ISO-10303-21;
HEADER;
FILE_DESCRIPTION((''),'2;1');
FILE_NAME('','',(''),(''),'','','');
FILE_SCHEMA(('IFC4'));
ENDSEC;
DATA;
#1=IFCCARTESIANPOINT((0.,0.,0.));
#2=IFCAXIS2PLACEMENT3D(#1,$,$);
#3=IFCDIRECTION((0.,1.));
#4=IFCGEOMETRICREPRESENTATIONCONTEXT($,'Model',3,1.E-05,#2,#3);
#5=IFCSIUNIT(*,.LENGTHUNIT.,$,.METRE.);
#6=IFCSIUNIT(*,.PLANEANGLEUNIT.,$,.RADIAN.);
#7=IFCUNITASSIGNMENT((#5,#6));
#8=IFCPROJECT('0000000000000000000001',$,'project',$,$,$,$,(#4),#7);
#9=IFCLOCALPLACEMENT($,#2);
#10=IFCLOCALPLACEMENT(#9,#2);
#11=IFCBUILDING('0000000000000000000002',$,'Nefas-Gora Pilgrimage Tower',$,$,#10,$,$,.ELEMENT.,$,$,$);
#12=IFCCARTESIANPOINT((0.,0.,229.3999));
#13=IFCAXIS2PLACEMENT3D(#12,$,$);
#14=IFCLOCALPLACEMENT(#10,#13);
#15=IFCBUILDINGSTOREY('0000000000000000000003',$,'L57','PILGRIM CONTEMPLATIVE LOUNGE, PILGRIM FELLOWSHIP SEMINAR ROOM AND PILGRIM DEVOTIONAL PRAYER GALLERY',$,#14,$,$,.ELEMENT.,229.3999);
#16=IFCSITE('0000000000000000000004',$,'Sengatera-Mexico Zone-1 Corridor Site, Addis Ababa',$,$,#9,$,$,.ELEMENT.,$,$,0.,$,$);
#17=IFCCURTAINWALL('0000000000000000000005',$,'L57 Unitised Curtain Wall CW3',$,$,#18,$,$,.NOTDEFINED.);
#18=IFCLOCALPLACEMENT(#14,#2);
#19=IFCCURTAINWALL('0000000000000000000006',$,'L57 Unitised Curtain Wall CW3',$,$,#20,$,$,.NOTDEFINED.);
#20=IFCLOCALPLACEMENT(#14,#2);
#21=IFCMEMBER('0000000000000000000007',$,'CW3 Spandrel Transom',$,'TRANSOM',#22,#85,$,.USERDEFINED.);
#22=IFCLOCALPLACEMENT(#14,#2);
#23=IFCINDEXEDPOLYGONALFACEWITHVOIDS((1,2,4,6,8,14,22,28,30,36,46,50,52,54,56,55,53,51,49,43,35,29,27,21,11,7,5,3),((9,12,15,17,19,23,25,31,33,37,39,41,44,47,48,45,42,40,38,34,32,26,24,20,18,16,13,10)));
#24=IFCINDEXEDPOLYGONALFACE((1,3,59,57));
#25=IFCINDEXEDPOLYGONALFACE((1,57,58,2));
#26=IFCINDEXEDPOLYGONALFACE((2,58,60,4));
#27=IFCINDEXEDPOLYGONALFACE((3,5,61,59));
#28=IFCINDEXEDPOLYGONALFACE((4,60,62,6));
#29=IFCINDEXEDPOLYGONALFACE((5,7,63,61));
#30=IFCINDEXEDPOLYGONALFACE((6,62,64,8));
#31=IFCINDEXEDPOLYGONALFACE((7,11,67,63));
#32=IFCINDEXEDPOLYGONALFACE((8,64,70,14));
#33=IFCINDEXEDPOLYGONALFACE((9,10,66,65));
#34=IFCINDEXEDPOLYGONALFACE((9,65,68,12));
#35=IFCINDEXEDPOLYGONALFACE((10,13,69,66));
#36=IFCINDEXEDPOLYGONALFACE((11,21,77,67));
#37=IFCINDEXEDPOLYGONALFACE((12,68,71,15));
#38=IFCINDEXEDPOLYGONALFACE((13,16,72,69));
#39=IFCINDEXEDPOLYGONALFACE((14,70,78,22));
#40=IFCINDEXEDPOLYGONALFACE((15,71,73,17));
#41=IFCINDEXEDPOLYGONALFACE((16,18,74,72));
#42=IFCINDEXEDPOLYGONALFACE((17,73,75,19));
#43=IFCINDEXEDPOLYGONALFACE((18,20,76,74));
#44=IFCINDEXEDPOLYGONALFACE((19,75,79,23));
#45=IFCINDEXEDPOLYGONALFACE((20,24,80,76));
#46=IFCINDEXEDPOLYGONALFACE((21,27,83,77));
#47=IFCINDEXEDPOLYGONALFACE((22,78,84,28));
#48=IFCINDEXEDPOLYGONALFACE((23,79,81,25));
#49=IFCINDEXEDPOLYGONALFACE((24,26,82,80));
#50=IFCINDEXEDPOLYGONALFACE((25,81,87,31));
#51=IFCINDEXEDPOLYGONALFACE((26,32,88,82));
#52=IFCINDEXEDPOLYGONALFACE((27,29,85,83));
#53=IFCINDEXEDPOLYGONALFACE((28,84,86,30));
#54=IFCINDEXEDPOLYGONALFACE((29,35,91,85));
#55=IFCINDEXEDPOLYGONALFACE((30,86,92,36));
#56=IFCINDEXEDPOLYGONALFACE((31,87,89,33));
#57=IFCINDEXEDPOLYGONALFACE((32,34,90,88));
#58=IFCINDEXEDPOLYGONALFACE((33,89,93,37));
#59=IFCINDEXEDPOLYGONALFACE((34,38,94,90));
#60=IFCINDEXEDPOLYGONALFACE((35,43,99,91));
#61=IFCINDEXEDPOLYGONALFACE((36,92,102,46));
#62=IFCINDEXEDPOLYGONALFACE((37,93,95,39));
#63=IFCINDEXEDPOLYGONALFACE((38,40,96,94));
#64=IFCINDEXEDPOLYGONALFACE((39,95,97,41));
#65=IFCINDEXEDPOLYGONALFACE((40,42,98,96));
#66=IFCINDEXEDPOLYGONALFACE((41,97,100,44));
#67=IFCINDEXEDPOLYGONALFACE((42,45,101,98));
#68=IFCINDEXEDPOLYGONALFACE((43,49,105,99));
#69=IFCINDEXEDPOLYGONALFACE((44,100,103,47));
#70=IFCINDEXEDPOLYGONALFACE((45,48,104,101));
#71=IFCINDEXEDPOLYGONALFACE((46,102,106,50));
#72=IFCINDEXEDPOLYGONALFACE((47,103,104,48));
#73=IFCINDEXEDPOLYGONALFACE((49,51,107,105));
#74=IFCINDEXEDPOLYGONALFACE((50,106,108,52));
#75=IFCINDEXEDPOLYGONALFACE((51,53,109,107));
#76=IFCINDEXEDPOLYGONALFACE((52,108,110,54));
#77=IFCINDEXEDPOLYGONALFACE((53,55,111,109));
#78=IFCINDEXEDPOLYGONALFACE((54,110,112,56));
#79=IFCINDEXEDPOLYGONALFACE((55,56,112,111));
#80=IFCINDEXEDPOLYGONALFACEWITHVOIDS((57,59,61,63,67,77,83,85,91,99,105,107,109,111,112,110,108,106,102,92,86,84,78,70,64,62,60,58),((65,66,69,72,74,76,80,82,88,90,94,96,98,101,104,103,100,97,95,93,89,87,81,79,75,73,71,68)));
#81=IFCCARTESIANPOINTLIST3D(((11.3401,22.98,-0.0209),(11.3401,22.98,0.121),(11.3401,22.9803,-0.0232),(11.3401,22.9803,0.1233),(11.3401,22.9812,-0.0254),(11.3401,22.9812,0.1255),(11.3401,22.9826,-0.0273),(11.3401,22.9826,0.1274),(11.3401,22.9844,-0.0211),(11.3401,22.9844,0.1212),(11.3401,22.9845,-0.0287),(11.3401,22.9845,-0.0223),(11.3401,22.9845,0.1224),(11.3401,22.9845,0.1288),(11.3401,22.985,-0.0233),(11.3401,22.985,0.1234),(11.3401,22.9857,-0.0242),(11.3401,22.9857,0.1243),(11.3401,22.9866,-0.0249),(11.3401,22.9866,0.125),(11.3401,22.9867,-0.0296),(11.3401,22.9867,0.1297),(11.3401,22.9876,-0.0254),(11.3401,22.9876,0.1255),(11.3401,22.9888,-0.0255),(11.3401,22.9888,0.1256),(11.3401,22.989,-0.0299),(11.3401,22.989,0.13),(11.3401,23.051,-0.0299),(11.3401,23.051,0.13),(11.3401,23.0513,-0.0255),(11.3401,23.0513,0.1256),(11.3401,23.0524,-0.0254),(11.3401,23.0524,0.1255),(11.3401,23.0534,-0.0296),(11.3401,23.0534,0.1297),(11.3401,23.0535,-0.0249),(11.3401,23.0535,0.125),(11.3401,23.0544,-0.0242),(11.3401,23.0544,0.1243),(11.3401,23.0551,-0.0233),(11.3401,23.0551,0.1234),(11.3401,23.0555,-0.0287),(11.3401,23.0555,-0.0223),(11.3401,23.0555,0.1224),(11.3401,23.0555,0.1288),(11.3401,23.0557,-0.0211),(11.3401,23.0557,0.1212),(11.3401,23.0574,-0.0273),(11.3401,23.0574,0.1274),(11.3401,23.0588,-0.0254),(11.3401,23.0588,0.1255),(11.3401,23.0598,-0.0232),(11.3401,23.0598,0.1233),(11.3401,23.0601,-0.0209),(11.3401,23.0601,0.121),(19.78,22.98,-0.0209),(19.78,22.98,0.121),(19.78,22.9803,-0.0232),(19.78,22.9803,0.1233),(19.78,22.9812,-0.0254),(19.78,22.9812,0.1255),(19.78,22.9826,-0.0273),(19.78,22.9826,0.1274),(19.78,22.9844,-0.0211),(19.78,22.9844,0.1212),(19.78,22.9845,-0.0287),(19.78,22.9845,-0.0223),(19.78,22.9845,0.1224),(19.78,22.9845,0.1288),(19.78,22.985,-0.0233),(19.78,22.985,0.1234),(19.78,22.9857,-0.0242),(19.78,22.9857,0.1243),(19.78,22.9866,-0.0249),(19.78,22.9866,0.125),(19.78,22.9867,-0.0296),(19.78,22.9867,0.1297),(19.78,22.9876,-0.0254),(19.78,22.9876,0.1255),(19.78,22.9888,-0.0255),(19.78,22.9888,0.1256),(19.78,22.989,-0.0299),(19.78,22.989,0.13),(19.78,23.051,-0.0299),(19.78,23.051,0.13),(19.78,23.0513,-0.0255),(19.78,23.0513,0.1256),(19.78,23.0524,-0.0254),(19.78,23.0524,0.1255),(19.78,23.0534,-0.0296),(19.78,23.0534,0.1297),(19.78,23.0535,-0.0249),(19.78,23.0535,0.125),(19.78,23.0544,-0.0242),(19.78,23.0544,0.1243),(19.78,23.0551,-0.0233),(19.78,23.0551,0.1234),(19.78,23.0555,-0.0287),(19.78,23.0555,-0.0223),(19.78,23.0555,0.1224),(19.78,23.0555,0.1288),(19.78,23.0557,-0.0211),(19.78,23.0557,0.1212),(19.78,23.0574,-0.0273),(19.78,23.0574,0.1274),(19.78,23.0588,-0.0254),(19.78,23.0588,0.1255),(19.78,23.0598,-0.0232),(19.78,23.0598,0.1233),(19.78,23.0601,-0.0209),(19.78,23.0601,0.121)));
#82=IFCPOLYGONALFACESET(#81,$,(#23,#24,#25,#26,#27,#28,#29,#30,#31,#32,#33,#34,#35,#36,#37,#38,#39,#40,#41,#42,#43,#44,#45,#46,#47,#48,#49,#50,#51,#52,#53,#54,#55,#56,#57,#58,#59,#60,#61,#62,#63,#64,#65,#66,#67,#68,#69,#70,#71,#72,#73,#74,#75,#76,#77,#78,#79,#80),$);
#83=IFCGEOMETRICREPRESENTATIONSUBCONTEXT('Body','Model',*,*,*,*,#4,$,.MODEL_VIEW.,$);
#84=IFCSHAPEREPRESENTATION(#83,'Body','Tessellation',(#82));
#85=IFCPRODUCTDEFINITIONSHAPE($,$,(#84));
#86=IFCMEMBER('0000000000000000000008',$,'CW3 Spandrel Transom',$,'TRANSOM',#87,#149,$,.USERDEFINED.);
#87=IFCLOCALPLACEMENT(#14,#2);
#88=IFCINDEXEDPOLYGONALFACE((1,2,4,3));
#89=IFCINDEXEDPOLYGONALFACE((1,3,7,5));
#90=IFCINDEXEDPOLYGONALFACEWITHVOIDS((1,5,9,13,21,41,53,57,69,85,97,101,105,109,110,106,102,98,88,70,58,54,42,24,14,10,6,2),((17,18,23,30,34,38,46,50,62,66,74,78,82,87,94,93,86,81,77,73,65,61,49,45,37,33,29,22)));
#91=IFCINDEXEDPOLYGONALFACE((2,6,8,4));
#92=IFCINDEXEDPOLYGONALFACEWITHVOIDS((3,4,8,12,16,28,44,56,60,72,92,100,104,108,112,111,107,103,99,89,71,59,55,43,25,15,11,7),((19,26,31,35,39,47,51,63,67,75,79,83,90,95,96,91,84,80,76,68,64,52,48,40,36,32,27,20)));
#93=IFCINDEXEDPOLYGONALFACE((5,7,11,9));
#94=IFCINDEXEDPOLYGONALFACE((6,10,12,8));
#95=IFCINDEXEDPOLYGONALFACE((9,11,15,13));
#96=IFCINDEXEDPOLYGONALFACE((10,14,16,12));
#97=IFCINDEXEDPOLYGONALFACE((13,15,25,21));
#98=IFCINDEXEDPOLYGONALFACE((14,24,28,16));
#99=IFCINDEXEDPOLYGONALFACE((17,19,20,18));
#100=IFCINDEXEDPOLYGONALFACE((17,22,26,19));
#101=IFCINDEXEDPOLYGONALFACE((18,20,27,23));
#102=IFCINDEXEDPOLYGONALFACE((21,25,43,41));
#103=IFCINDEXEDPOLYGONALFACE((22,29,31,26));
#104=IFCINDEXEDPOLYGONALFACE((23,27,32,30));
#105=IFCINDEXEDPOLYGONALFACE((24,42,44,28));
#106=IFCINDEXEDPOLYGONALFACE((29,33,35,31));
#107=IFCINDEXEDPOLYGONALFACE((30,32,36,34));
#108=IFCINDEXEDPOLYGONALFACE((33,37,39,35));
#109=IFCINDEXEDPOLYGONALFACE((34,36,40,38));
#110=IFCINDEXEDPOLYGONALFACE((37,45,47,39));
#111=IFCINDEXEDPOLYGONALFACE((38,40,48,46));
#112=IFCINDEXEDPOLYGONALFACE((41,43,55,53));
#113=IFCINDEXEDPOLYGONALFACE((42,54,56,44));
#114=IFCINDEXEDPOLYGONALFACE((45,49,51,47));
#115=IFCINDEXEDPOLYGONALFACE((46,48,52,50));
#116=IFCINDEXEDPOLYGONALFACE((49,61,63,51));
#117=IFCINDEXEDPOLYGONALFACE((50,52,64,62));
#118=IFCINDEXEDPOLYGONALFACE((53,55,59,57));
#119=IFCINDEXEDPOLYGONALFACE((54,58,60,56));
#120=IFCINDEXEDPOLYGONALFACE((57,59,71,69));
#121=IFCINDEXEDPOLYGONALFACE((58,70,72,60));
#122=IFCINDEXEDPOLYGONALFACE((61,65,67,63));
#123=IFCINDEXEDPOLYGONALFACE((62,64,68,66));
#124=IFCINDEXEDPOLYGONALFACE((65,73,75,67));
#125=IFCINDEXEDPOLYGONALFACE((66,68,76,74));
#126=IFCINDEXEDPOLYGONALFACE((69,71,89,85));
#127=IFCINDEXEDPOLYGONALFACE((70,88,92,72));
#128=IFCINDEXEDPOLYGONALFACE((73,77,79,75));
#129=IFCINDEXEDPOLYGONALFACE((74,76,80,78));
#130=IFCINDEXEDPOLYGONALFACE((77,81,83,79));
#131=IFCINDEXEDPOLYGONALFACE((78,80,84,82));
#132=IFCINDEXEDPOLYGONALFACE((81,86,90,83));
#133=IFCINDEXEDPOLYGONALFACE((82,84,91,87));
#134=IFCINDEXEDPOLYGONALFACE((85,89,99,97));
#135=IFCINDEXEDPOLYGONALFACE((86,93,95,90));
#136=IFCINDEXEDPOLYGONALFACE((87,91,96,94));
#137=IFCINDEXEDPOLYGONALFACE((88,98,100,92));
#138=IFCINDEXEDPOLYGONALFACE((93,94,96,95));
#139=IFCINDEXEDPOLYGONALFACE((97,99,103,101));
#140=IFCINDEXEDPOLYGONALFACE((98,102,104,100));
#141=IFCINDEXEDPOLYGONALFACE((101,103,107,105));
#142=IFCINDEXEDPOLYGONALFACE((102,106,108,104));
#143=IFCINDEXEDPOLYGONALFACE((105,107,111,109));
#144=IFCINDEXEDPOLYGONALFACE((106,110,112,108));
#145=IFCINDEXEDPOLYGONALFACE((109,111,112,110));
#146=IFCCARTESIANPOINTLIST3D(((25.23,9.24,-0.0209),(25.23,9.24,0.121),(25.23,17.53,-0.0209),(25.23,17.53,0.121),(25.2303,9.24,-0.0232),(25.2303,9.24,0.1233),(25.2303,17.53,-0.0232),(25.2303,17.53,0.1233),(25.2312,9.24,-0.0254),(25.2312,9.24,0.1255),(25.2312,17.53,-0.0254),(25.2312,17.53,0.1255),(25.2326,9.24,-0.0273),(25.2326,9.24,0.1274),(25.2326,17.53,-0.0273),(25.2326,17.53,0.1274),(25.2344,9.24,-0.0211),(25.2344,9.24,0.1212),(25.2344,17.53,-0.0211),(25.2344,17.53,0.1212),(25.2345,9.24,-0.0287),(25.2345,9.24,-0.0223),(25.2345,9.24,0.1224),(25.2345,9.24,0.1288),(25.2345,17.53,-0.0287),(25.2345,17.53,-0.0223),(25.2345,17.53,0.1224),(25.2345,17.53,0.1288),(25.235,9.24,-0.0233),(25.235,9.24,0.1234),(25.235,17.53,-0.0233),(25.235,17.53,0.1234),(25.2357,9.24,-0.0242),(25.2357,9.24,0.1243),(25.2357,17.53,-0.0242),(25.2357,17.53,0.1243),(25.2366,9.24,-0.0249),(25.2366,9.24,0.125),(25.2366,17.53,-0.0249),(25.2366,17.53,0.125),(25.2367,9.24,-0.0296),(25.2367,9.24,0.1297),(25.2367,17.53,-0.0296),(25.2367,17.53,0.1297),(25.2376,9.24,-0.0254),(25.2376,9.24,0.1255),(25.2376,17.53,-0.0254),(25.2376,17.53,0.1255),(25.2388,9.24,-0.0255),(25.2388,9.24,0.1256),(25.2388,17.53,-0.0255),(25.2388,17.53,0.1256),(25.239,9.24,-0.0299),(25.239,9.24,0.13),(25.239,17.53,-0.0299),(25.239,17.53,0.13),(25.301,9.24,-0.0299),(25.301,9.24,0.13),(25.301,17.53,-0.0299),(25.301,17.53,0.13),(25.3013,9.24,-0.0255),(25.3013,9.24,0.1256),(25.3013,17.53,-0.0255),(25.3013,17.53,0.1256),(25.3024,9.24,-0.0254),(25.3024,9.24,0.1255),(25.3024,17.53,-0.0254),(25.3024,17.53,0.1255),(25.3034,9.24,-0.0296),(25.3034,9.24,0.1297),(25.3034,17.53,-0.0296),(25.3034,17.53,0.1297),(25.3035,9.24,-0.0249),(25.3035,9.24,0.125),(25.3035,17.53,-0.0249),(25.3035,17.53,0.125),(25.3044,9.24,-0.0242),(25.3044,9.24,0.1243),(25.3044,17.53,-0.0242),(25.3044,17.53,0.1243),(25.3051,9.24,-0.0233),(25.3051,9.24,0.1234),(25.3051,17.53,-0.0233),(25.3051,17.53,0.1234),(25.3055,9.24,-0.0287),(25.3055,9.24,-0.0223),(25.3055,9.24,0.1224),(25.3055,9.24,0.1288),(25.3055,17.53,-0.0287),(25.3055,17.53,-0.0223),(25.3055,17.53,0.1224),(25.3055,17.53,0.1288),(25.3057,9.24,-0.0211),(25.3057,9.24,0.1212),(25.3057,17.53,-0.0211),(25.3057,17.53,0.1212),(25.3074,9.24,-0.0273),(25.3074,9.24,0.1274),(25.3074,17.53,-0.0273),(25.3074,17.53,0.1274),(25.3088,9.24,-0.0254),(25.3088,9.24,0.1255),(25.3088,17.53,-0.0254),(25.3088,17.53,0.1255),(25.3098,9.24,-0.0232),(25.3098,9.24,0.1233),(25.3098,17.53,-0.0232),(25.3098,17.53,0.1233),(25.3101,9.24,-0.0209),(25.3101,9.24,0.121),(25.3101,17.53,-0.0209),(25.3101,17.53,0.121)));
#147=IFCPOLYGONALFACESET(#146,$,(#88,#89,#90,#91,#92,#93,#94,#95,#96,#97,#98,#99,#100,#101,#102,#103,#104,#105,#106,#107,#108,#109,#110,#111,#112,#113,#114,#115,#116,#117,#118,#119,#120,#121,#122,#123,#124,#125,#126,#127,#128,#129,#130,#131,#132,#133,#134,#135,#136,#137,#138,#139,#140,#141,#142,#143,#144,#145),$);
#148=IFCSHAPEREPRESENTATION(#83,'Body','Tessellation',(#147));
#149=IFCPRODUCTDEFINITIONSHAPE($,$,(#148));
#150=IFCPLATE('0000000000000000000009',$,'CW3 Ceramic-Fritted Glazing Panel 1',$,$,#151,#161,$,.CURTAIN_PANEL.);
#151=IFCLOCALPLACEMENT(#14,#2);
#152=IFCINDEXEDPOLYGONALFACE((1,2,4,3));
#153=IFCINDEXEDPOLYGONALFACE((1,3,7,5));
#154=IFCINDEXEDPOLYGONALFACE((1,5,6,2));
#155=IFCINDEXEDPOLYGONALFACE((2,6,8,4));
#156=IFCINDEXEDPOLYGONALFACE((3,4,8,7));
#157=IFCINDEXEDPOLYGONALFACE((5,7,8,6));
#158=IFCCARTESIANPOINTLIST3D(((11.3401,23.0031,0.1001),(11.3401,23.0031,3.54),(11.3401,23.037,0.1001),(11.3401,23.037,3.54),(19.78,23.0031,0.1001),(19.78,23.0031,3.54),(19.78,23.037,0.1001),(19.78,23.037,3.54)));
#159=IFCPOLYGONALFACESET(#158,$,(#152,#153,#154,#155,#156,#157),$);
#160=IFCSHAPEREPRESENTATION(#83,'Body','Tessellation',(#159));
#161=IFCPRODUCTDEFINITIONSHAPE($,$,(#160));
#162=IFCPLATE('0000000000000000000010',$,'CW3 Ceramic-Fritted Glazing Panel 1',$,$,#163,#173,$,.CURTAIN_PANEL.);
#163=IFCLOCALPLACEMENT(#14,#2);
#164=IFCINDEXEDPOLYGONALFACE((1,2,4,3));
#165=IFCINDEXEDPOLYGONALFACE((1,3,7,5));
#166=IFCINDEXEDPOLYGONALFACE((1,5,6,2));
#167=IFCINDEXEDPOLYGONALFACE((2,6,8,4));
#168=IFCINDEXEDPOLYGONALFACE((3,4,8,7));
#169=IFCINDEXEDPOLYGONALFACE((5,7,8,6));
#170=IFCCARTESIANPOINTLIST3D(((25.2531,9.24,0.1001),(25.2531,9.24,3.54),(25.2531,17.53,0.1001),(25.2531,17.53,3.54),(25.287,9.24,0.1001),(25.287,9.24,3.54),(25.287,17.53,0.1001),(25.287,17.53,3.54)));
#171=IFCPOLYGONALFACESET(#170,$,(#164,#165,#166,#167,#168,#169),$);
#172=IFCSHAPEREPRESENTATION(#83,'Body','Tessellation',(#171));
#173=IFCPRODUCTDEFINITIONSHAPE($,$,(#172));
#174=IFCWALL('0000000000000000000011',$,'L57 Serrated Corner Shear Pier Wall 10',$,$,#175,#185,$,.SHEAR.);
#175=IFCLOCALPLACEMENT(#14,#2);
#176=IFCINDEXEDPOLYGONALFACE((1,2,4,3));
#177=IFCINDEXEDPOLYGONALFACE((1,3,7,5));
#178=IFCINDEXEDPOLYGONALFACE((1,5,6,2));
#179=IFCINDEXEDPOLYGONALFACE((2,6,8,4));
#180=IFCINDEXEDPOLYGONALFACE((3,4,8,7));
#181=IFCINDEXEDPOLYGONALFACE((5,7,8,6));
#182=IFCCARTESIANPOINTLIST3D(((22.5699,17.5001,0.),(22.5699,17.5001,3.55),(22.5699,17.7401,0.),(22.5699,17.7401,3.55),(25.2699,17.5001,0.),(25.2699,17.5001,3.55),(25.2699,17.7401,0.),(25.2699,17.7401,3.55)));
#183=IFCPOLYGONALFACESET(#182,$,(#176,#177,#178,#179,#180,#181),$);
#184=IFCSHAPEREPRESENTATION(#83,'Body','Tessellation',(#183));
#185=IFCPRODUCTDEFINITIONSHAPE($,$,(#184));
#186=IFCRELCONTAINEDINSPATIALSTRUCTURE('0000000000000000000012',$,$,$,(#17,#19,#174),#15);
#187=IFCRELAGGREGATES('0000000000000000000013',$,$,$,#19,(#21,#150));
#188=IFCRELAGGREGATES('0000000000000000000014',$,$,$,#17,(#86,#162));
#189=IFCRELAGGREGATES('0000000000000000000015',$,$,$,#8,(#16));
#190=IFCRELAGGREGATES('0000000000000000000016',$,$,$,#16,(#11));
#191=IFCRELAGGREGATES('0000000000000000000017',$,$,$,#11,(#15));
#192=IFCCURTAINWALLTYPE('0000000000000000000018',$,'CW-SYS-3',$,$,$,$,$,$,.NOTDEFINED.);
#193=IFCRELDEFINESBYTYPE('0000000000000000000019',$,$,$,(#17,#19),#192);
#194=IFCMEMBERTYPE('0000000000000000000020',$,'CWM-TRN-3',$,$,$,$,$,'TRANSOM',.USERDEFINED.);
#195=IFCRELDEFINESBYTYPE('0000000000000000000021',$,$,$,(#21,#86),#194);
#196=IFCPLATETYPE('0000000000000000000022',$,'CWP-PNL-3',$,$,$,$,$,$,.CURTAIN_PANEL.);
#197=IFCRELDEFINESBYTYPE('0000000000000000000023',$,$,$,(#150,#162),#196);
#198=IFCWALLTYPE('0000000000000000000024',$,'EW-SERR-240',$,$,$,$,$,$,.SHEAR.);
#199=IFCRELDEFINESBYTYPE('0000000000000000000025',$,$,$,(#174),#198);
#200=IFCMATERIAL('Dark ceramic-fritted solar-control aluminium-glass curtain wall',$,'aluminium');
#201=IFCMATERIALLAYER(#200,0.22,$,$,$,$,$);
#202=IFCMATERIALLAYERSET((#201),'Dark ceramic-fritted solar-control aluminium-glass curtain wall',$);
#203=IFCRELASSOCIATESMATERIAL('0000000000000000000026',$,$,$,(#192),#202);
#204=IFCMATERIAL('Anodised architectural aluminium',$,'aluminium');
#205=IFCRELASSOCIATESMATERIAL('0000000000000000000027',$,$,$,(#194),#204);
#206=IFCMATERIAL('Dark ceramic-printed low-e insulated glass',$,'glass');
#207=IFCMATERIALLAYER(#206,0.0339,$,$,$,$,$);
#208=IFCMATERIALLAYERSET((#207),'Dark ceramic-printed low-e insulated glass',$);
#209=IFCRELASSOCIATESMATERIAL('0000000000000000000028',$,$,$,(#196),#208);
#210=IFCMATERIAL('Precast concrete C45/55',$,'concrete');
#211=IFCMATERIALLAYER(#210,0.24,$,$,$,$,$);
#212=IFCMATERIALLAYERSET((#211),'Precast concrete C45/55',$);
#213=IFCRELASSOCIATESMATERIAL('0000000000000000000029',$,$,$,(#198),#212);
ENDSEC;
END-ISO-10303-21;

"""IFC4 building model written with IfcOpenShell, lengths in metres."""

from ifc_helpers import new_model, si_unit, direction, frame, frame_2d, origin, origin_2d, place, context, subcontext, project, spatial, rectangle, hollow_rectangle, extrude, source, transform, mapped, material, layer, layer_set, material_profile, profile_set, type_object, element, aggregate, save


model = new_model("IFC4")

# Units and contexts
model_context = context("Model", 3, precision=1e-05, world=origin(), true_north=direction((0.0, 1.0)))
body_context = subcontext(model_context, "Body", "Model", "MODEL_VIEW")
ifc_project = project(units=[si_unit("LENGTHUNIT", "METRE"), si_unit("PLANEANGLEUNIT", "RADIAN")], contexts=[model_context])

# Site, building, storey
site_placement = place(None, origin())
site = spatial("IfcSite", under=ifc_project, at=site_placement, Name="Sengatera-Mexico Zone-1 Corridor Site, Addis Ababa", CompositionType="ELEMENT", RefElevation=0.0)
building_placement = place(site_placement, origin())
building = spatial("IfcBuilding", under=site, at=building_placement, Name="Nefas-Gora Pilgrimage Tower", CompositionType="ELEMENT")
storey_placement = place(building_placement, frame((0.0, 0.0, 229.3999)))
storey = spatial("IfcBuildingStorey", under=building, at=storey_placement, Name="L57", Description="PILGRIM CONTEMPLATIVE LOUNGE, PILGRIM FELLOWSHIP SEMINAR ROOM AND PILGRIM DEVOTIONAL PRAYER GALLERY", CompositionType="ELEMENT", Elevation=229.3999)

# Curtain walls, member
ifc_material_1 = material(Name="Dark ceramic-fritted solar-control aluminium-glass curtain wall", Category="aluminium")
ifc_layer_1 = layer(ifc_material_1, 0.22)
ifc_layer_set_1 = layer_set([ifc_layer_1], Name="Dark ceramic-fritted solar-control aluminium-glass curtain wall")
curtain_wall_type = type_object("IfcCurtainWallType", Name="CW-SYS-3", PredefinedType="NOTDEFINED", material=ifc_layer_set_1)
curtain_wall_1_placement = place(storey_placement, origin())
curtain_wall_1 = element("IfcCurtainWall", 1, at=curtain_wall_1_placement, inside=storey, type_object=curtain_wall_type, Name="L57 Unitised Curtain Wall CW3", PredefinedType="NOTDEFINED")
ifc_material_2 = material(Name="Anodised architectural aluminium", Category="aluminium")
curtain_wall_2_placement = place(storey_placement, origin())
curtain_wall_2 = element("IfcCurtainWall", 2, at=curtain_wall_2_placement, inside=storey, type_object=curtain_wall_type, Name="L57 Unitised Curtain Wall CW3", PredefinedType="NOTDEFINED")
ifc_material_profile_1 = material_profile(ifc_material_2, hollow_rectangle(XDim=0.0801, YDim=0.1599, WallThickness=0.0044, InnerFilletRadius=0.0044, OuterFilletRadius=0.009, at=origin_2d()), Name="ALU TRANSOM 80x160")
ifc_profile_set_1 = profile_set([ifc_material_profile_1], Name="Anodised architectural aluminium")
member_type_1 = type_object("IfcMemberType", Name="CWM-TRN-3", ElementType="TRANSOM", PredefinedType="USERDEFINED", material=ifc_profile_set_1)
shared_shape_1 = source(origin(), body_context, "Body", "SweptSolid", [
    extrude(hollow_rectangle(XDim=0.0801, YDim=0.1599, WallThickness=0.0044, InnerFilletRadius=0.0044, OuterFilletRadius=0.009, at=origin_2d()), origin(), (0.0, 0.0, 1.0), 8.4399),
])
member_1_placement = place(storey_placement, frame((19.78, 23.02, 0.05), z_axis=(-1.0, 0.0, 0.0), x_axis=(0.0, -1.0, 0.0)))
member_1 = element("IfcMember", 3, at=member_1_placement, type_object=member_type_1, Name="CW3 Spandrel Transom", ObjectType="TRANSOM", PredefinedType="USERDEFINED", context=body_context, shape_type="MappedRepresentation", body=[
    mapped(shared_shape_1, transform((0.0, 0.0, 0.0), x_axis=(1.0, 0.0, 0.0), y_axis=(0.0, 1.0, 0.0), z_axis=(0.0, 0.0, 1.0), scale=1.0)),
])

# Member
shared_shape_2 = source(origin(), body_context, "Body", "SweptSolid", [
    extrude(hollow_rectangle(XDim=0.0801, YDim=0.1599, WallThickness=0.0044, InnerFilletRadius=0.0044, OuterFilletRadius=0.009, at=origin_2d()), origin(), (0.0, 0.0, 1.0), 8.29),
])
member_2_placement = place(storey_placement, frame((25.27, 9.24, 0.05), z_axis=(0.0, 1.0, 0.0), x_axis=(-1.0, 0.0, 0.0)))
member_2 = element("IfcMember", 4, at=member_2_placement, type_object=member_type_1, Name="CW3 Spandrel Transom", ObjectType="TRANSOM", PredefinedType="USERDEFINED", context=body_context, shape_type="MappedRepresentation", body=[
    mapped(shared_shape_2, transform((0.0, 0.0, 0.0), x_axis=(1.0, 0.0, 0.0), y_axis=(0.0, 1.0, 0.0), z_axis=(0.0, 0.0, 1.0), scale=1.0)),
])

# Plates
ifc_material_3 = material(Name="Dark ceramic-printed low-e insulated glass", Category="glass")
ifc_layer_2 = layer(ifc_material_3, 0.0339)
ifc_layer_set_2 = layer_set([ifc_layer_2], Name="Dark ceramic-printed low-e insulated glass")
plate_type = type_object("IfcPlateType", Name="CWP-PNL-3", PredefinedType="CURTAIN_PANEL", material=ifc_layer_set_2)
shared_shape_3 = source(origin(), body_context, "Body", "SweptSolid", [
    extrude(rectangle(XDim=8.4399, YDim=0.0339, at=origin_2d()), origin(), (0.0, 0.0, 1.0), 3.4399),
])
plate_1_placement = place(storey_placement, frame((15.5601, 23.02, 0.1001), z_axis=(0.0, 0.0, 1.0), x_axis=(-1.0, 0.0, 0.0)))
plate_1 = element("IfcPlate", 5, at=plate_1_placement, type_object=plate_type, Name="CW3 Ceramic-Fritted Glazing Panel 1", PredefinedType="CURTAIN_PANEL", context=body_context, shape_type="MappedRepresentation", body=[
    mapped(shared_shape_3, transform((0.0, 0.0, 0.0), x_axis=(1.0, 0.0, 0.0), y_axis=(0.0, 1.0, 0.0), z_axis=(0.0, 0.0, 1.0), scale=1.0)),
])
aggregate(curtain_wall_2, [member_1, plate_1])
shared_shape_4 = source(origin(), body_context, "Body", "SweptSolid", [
    extrude(rectangle(XDim=8.29, YDim=0.0339, at=origin_2d()), origin(), (0.0, 0.0, 1.0), 3.4399),
])
plate_2_placement = place(storey_placement, frame((25.27, 13.385, 0.1001), z_axis=(0.0, 0.0, 1.0), x_axis=(0.0, 1.0, 0.0)))
plate_2 = element("IfcPlate", 6, at=plate_2_placement, type_object=plate_type, Name="CW3 Ceramic-Fritted Glazing Panel 1", PredefinedType="CURTAIN_PANEL", context=body_context, shape_type="MappedRepresentation", body=[
    mapped(shared_shape_4, transform((0.0, 0.0, 0.0), x_axis=(1.0, 0.0, 0.0), y_axis=(0.0, 1.0, 0.0), z_axis=(0.0, 0.0, 1.0), scale=1.0)),
])
aggregate(curtain_wall_1, [member_2, plate_2])

# Wall
ifc_material_4 = material(Name="Precast concrete C45/55", Category="concrete")
ifc_layer_3 = layer(ifc_material_4, 0.24)
ifc_layer_set_3 = layer_set([ifc_layer_3], Name="Precast concrete C45/55")
wall_type_1 = type_object("IfcWallType", Name="EW-SERR-240", PredefinedType="SHEAR", material=ifc_layer_set_3)
shared_shape_5 = source(origin(), body_context, "Body", "SweptSolid", [
    extrude(rectangle(XDim=2.7, YDim=0.24, at=frame_2d((1.3501, 0.0))), origin(), (0.0, 0.0, 1.0), 3.55),
])
for number, where, z_axis, x_axis, name in (
    (7, (25.27, 17.6201, 0.0), (0.0, 0.0, 1.0), (-1.0, 0.0, 0.0), "L57 Serrated Corner Shear Pier Wall 10"),
):
    element("IfcWall", number, at=place(storey_placement, frame(where, z_axis=z_axis, x_axis=x_axis)), inside=storey, type_object=wall_type_1, Name=name, PredefinedType="SHEAR", context=body_context, shape_type="MappedRepresentation", body=[
        mapped(shared_shape_5, transform((0.0, 0.0, 0.0), x_axis=(1.0, 0.0, 0.0), y_axis=(0.0, 1.0, 0.0), z_axis=(0.0, 0.0, 1.0), scale=1.0)),
    ])

save(model, "model.ifc")
